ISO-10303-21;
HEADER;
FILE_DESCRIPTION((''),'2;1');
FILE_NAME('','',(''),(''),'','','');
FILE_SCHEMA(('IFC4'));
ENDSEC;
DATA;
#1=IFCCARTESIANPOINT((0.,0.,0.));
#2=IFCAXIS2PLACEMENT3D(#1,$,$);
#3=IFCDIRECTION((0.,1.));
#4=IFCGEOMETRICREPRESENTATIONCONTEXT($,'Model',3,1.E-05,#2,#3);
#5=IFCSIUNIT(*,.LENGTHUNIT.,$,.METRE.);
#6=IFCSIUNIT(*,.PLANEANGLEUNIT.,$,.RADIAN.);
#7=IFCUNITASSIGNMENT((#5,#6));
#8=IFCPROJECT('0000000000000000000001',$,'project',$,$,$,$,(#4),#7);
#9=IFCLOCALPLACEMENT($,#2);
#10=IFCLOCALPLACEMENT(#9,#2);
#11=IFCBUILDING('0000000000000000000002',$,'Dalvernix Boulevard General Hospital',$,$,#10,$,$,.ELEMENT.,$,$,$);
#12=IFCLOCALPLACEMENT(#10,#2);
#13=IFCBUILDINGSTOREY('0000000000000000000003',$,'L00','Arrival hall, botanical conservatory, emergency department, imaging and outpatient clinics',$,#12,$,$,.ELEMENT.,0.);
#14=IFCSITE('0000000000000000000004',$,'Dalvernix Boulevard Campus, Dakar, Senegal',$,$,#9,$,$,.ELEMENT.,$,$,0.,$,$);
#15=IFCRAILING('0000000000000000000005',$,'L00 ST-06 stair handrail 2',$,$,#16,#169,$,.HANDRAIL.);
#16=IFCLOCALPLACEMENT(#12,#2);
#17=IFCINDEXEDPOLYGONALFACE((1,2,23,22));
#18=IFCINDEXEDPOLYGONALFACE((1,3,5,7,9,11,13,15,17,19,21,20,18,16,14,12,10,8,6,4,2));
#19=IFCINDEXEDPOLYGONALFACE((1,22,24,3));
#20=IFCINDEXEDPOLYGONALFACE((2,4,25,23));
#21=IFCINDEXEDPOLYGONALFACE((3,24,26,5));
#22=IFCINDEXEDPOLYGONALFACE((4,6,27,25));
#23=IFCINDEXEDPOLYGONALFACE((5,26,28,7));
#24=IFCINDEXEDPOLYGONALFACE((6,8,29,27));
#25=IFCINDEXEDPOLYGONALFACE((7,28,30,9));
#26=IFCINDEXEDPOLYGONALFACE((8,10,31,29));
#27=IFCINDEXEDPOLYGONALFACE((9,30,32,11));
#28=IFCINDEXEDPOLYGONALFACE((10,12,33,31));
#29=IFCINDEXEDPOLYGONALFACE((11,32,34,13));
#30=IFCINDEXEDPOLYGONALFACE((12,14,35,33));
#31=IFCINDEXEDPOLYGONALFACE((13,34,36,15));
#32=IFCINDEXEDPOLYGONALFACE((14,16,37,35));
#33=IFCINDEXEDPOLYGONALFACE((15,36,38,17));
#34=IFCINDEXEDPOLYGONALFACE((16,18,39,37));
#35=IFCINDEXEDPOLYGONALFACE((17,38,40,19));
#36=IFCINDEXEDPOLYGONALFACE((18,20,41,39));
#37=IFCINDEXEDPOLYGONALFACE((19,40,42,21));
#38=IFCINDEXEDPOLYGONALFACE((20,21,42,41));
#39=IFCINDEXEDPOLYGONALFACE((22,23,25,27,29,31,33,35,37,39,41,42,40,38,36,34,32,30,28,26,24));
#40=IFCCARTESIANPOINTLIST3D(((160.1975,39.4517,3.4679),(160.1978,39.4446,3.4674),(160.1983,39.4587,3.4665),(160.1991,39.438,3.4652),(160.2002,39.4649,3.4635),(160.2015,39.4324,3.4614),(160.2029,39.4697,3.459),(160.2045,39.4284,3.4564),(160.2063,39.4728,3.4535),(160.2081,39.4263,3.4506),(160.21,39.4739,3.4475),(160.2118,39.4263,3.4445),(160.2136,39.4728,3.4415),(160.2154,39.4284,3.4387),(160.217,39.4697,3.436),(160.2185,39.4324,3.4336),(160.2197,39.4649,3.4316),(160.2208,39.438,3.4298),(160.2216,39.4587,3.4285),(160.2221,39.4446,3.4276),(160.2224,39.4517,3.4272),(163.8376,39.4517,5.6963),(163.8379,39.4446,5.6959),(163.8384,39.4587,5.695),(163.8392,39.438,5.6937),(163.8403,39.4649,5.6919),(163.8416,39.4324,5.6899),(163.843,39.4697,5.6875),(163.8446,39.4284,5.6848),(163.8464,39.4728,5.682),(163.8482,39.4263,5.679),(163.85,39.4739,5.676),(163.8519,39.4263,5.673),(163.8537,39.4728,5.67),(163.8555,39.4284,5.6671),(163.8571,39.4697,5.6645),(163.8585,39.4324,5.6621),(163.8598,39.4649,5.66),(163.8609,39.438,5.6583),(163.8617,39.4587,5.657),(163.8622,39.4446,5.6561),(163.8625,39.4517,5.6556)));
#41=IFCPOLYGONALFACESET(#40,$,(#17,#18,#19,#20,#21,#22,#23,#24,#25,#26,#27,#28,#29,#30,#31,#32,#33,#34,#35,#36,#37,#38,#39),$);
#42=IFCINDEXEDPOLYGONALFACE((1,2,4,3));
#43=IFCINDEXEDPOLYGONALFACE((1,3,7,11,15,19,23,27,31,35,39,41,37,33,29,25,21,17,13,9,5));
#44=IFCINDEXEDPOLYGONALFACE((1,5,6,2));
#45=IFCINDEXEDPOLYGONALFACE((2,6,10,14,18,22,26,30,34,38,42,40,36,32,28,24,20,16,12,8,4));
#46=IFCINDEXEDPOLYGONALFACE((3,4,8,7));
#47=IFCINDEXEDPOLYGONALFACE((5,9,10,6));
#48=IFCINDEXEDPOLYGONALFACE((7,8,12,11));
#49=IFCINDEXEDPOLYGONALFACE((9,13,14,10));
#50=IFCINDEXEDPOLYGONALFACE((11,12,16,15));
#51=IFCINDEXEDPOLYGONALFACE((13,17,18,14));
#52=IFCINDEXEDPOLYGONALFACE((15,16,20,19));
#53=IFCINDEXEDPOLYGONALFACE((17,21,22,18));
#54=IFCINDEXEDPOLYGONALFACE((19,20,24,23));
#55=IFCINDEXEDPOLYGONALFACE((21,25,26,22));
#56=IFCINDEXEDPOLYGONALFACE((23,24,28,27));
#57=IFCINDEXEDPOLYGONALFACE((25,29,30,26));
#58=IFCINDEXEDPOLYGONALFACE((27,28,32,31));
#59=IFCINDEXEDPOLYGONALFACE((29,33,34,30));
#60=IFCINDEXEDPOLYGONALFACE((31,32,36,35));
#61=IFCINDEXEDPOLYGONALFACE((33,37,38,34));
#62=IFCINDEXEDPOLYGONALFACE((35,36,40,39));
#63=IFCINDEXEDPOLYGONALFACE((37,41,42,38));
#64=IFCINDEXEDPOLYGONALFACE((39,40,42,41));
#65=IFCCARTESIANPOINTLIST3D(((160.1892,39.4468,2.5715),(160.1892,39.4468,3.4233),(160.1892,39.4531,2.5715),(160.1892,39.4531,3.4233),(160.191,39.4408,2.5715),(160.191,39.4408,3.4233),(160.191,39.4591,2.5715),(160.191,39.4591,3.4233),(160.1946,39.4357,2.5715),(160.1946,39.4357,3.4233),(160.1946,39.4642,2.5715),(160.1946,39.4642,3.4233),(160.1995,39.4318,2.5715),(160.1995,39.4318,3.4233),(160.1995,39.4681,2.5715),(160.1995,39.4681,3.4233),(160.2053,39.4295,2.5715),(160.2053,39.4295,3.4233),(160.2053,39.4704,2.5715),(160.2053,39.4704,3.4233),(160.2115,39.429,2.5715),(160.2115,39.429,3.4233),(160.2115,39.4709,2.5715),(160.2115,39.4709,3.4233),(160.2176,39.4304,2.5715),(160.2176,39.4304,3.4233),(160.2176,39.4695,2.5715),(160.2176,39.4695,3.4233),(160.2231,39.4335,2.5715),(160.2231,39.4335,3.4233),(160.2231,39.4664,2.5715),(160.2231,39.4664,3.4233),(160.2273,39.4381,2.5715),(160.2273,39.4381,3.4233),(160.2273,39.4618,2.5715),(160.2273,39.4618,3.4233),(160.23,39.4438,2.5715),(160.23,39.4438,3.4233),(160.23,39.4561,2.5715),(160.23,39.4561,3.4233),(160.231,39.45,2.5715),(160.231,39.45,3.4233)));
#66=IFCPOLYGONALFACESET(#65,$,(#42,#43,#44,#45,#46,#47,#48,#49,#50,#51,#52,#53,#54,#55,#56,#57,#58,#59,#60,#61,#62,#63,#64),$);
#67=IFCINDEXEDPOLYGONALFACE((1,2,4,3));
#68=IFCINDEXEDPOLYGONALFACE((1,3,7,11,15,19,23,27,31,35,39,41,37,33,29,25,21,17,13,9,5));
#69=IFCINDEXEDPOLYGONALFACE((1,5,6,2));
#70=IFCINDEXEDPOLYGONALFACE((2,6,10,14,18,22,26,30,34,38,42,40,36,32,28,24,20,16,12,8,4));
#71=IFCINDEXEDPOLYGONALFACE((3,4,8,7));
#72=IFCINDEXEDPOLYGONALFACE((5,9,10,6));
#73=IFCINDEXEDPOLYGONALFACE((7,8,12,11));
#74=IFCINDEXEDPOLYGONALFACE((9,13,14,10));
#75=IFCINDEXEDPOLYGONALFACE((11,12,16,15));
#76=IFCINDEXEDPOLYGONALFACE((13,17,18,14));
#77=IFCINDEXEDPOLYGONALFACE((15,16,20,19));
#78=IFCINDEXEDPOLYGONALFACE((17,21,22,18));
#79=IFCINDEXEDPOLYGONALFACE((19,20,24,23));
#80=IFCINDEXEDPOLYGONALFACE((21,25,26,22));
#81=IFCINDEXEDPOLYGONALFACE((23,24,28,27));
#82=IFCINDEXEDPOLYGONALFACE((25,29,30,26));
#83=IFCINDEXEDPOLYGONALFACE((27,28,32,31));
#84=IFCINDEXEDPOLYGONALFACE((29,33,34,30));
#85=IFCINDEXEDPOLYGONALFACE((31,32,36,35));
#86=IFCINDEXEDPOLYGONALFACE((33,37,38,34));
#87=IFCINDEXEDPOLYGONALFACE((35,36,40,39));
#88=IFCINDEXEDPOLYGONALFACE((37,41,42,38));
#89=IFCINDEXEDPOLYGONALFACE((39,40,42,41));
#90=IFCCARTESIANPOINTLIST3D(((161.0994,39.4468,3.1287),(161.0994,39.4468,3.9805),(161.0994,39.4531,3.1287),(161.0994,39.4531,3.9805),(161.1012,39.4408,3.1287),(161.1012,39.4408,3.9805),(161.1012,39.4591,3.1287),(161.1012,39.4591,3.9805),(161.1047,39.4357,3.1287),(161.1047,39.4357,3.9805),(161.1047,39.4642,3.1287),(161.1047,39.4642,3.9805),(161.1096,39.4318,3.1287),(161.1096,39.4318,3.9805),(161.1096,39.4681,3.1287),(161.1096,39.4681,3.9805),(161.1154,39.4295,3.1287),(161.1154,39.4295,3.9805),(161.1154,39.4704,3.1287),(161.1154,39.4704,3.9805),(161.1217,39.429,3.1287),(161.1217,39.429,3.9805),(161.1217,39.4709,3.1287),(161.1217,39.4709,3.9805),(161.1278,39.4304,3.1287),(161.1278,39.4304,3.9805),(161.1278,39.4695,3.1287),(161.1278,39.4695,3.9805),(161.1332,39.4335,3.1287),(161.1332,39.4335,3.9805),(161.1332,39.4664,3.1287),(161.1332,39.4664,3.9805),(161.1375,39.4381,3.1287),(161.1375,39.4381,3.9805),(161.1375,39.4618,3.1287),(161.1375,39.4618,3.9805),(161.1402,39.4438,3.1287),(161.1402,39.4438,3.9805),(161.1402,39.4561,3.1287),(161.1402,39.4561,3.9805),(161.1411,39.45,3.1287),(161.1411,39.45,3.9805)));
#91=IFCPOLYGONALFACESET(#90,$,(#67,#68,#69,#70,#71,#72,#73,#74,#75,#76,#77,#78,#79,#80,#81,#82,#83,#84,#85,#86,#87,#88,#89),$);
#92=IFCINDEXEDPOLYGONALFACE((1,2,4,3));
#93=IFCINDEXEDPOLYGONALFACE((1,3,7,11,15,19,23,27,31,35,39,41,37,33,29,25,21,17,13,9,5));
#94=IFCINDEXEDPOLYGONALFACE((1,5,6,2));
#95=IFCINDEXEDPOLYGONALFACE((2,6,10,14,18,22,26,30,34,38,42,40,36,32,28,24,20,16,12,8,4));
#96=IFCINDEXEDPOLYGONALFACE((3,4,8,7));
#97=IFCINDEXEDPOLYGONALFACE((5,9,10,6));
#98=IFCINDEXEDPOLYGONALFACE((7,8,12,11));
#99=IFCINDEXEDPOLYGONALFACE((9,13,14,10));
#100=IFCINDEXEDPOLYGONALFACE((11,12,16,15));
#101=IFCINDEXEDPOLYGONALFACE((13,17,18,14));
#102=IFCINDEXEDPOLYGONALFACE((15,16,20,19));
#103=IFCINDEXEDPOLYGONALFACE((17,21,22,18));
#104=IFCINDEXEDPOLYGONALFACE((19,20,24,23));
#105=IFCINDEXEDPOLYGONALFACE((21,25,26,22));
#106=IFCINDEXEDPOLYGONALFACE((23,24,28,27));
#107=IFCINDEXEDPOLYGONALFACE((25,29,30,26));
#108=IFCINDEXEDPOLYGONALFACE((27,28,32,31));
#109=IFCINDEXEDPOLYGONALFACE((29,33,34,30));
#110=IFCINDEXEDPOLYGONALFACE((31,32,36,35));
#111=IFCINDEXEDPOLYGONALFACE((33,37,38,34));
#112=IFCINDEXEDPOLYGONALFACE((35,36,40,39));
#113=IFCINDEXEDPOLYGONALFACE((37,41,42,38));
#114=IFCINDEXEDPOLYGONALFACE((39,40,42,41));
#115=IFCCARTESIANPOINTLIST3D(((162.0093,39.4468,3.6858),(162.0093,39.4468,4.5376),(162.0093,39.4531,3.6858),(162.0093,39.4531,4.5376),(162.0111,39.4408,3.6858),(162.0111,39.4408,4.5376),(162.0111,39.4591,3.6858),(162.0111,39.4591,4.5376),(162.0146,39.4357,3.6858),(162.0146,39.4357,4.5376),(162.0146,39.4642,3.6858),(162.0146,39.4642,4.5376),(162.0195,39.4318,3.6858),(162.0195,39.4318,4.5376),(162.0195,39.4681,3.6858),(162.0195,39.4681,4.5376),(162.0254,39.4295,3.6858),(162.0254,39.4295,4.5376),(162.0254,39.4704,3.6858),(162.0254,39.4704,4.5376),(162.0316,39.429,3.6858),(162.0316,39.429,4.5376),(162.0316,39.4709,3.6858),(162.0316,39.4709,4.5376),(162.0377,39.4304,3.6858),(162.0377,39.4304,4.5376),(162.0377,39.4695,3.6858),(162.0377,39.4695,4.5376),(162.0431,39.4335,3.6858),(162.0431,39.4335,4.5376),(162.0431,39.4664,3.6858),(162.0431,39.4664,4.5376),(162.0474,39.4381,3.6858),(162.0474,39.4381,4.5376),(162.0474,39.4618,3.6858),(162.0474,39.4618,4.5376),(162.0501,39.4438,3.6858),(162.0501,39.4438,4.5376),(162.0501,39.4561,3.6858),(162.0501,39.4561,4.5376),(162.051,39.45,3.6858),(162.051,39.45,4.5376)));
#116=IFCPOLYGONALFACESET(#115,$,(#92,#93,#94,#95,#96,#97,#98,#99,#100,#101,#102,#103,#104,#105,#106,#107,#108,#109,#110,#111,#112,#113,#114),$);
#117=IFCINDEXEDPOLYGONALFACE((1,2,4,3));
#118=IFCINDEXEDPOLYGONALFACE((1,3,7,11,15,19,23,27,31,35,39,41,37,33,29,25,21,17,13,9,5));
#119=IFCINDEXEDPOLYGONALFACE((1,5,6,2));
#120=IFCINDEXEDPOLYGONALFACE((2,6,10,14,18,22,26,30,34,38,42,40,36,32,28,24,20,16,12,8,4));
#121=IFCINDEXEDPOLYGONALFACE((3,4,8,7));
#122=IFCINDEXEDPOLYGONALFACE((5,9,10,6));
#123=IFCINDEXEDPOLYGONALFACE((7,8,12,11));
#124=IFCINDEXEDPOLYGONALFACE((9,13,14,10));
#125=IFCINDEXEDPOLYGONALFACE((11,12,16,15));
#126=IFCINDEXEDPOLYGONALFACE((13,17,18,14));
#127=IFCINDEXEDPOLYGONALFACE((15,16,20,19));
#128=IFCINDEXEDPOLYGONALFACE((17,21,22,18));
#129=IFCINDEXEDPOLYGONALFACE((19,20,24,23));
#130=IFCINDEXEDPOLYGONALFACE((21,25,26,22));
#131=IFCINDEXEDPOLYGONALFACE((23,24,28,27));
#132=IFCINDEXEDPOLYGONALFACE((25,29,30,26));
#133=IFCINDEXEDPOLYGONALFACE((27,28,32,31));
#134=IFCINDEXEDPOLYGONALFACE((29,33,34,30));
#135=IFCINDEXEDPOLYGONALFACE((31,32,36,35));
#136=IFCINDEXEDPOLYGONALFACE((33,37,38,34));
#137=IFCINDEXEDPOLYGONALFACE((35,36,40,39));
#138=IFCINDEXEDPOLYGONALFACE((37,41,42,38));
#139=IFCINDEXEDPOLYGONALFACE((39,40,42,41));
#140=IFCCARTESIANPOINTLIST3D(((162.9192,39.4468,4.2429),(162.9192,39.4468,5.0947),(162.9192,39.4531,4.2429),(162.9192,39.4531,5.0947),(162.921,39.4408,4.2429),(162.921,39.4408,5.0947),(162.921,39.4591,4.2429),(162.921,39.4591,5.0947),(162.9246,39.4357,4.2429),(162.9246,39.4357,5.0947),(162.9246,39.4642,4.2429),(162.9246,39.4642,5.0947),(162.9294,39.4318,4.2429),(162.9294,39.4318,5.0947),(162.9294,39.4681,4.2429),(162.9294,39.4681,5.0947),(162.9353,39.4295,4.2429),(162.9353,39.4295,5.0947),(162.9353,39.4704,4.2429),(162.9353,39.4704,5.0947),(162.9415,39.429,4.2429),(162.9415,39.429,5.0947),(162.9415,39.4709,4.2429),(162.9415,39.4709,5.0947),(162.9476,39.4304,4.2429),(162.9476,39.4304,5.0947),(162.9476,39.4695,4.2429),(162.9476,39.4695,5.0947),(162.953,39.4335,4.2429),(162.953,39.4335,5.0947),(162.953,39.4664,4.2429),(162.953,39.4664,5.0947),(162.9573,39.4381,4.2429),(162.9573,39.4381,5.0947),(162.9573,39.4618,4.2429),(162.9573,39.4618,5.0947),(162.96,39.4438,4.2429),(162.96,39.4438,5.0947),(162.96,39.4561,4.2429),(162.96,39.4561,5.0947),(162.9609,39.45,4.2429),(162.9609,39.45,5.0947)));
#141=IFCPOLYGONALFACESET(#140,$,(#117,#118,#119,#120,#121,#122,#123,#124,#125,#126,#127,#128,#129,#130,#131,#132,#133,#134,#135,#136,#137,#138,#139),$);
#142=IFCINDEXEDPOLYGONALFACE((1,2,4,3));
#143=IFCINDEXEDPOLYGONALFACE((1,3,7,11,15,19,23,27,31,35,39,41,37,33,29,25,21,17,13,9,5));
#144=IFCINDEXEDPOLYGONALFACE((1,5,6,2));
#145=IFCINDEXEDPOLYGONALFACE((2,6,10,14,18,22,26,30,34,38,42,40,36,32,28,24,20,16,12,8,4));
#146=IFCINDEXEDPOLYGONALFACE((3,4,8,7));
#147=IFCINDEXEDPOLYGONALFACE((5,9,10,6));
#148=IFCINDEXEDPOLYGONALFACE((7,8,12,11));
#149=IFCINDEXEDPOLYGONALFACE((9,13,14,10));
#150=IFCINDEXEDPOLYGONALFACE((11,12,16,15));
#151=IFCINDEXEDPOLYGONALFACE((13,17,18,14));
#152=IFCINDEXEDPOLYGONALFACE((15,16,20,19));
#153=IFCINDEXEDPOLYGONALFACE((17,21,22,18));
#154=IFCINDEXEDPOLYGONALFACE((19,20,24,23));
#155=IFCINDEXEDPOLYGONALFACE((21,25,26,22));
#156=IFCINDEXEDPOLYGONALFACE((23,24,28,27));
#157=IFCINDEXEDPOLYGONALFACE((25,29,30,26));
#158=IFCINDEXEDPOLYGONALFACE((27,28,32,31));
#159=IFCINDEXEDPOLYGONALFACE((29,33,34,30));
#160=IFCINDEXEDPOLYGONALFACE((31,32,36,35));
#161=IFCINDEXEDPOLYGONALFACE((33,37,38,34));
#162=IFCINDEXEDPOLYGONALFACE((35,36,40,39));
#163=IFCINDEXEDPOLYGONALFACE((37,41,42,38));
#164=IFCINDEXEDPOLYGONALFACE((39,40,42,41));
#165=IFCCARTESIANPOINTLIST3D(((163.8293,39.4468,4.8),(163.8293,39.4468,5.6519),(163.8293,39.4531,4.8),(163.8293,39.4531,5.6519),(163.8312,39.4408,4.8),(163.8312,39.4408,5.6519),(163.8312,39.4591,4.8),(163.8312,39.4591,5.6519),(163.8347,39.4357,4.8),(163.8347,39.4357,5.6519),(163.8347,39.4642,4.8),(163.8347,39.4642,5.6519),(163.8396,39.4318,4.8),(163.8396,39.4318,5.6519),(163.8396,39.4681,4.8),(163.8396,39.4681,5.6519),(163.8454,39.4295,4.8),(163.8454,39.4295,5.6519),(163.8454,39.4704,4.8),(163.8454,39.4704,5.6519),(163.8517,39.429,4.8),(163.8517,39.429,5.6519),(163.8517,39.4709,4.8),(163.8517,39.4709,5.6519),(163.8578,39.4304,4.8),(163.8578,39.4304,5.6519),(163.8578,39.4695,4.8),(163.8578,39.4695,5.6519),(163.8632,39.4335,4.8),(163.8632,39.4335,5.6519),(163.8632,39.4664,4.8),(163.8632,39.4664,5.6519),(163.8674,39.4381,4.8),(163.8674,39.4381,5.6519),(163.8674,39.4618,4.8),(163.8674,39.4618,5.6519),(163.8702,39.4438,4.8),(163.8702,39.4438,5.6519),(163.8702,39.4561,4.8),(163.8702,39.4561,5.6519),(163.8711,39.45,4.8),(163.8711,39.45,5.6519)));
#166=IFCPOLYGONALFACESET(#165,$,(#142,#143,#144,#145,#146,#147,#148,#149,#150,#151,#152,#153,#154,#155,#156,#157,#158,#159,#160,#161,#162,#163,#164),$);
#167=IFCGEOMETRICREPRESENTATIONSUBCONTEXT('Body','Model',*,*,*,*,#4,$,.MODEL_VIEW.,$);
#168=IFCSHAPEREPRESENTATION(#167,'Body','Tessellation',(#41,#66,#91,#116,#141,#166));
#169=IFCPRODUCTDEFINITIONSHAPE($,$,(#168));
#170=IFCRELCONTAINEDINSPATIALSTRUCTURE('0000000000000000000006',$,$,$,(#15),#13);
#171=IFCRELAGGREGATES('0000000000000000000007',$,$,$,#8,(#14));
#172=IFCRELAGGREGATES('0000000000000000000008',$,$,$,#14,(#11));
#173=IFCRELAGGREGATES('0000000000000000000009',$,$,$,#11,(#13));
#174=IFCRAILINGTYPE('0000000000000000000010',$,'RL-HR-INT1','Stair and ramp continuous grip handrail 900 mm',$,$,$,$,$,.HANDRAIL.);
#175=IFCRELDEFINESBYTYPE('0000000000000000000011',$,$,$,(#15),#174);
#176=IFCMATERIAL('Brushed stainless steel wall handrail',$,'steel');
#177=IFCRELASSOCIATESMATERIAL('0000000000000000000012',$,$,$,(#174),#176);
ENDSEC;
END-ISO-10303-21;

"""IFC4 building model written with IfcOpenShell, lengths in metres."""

from ifc_helpers import new_model, si_unit, direction, frame, origin, origin_2d, place, context, subcontext, project, spatial, circle, extrude, material, type_object, element, save


model = new_model("IFC4")

# Units and contexts
model_context = context("Model", 3, precision=1e-05, world=origin(), true_north=direction((0.0, 1.0)))
body_context = subcontext(model_context, "Body", "Model", "MODEL_VIEW")
ifc_project = project(units=[si_unit("LENGTHUNIT", "METRE"), si_unit("PLANEANGLEUNIT", "RADIAN")], contexts=[model_context])

# Site, building, storey
site_placement = place(None, origin())
site = spatial("IfcSite", under=ifc_project, at=site_placement, Name="Dalvernix Boulevard Campus, Dakar, Senegal", CompositionType="ELEMENT", RefElevation=0.0)
building_placement = place(site_placement, origin())
building = spatial("IfcBuilding", under=site, at=building_placement, Name="Dalvernix Boulevard General Hospital", CompositionType="ELEMENT")
storey_placement = place(building_placement, origin())
storey = spatial("IfcBuildingStorey", under=building, at=storey_placement, Name="L00", Description="Arrival hall, botanical conservatory, emergency department, imaging and outpatient clinics", CompositionType="ELEMENT", Elevation=0.0)

# Railing
ifc_material_1 = material(Name="Brushed stainless steel wall handrail", Category="steel")
railing_type_1 = type_object("IfcRailingType", Name="RL-HR-INT1", Description="Stair and ramp continuous grip handrail 900 mm", PredefinedType="HANDRAIL", material=ifc_material_1)
railing_1_placement = place(storey_placement, frame((160.21, 39.45, 2.5715)))
element("IfcRailing", 1, at=railing_1_placement, inside=storey, type_object=railing_type_1, Name="L00 ST-06 stair handrail 2", PredefinedType="HANDRAIL", context=body_context, shape_type="SweptSolid", body=[
    extrude(circle(Radius=0.0239, at=origin_2d()), frame((0.0, 0.0, 0.876), z_axis=(0.852866, 0.0, 0.52213), x_axis=(0.0, 1.0, 0.0)), (0.0, 0.0, 1.0), 4.2681),
    extrude(circle(Radius=0.021, at=origin_2d()), origin(), (0.0, 0.0, 1.0), 0.8518),
    extrude(circle(Radius=0.021, at=origin_2d()), frame((0.9102, 0.0, 0.5571)), (0.0, 0.0, 1.0), 0.8518),
    extrude(circle(Radius=0.021, at=origin_2d()), frame((1.8201, 0.0, 1.1143)), (0.0, 0.0, 1.0), 0.8518),
    extrude(circle(Radius=0.021, at=origin_2d()), frame((2.73, 0.0, 1.6714)), (0.0, 0.0, 1.0), 0.8518),
    extrude(circle(Radius=0.021, at=origin_2d()), frame((3.6401, 0.0, 2.2285)), (0.0, 0.0, 1.0), 0.8518),
])

save(model, "model.ifc")
